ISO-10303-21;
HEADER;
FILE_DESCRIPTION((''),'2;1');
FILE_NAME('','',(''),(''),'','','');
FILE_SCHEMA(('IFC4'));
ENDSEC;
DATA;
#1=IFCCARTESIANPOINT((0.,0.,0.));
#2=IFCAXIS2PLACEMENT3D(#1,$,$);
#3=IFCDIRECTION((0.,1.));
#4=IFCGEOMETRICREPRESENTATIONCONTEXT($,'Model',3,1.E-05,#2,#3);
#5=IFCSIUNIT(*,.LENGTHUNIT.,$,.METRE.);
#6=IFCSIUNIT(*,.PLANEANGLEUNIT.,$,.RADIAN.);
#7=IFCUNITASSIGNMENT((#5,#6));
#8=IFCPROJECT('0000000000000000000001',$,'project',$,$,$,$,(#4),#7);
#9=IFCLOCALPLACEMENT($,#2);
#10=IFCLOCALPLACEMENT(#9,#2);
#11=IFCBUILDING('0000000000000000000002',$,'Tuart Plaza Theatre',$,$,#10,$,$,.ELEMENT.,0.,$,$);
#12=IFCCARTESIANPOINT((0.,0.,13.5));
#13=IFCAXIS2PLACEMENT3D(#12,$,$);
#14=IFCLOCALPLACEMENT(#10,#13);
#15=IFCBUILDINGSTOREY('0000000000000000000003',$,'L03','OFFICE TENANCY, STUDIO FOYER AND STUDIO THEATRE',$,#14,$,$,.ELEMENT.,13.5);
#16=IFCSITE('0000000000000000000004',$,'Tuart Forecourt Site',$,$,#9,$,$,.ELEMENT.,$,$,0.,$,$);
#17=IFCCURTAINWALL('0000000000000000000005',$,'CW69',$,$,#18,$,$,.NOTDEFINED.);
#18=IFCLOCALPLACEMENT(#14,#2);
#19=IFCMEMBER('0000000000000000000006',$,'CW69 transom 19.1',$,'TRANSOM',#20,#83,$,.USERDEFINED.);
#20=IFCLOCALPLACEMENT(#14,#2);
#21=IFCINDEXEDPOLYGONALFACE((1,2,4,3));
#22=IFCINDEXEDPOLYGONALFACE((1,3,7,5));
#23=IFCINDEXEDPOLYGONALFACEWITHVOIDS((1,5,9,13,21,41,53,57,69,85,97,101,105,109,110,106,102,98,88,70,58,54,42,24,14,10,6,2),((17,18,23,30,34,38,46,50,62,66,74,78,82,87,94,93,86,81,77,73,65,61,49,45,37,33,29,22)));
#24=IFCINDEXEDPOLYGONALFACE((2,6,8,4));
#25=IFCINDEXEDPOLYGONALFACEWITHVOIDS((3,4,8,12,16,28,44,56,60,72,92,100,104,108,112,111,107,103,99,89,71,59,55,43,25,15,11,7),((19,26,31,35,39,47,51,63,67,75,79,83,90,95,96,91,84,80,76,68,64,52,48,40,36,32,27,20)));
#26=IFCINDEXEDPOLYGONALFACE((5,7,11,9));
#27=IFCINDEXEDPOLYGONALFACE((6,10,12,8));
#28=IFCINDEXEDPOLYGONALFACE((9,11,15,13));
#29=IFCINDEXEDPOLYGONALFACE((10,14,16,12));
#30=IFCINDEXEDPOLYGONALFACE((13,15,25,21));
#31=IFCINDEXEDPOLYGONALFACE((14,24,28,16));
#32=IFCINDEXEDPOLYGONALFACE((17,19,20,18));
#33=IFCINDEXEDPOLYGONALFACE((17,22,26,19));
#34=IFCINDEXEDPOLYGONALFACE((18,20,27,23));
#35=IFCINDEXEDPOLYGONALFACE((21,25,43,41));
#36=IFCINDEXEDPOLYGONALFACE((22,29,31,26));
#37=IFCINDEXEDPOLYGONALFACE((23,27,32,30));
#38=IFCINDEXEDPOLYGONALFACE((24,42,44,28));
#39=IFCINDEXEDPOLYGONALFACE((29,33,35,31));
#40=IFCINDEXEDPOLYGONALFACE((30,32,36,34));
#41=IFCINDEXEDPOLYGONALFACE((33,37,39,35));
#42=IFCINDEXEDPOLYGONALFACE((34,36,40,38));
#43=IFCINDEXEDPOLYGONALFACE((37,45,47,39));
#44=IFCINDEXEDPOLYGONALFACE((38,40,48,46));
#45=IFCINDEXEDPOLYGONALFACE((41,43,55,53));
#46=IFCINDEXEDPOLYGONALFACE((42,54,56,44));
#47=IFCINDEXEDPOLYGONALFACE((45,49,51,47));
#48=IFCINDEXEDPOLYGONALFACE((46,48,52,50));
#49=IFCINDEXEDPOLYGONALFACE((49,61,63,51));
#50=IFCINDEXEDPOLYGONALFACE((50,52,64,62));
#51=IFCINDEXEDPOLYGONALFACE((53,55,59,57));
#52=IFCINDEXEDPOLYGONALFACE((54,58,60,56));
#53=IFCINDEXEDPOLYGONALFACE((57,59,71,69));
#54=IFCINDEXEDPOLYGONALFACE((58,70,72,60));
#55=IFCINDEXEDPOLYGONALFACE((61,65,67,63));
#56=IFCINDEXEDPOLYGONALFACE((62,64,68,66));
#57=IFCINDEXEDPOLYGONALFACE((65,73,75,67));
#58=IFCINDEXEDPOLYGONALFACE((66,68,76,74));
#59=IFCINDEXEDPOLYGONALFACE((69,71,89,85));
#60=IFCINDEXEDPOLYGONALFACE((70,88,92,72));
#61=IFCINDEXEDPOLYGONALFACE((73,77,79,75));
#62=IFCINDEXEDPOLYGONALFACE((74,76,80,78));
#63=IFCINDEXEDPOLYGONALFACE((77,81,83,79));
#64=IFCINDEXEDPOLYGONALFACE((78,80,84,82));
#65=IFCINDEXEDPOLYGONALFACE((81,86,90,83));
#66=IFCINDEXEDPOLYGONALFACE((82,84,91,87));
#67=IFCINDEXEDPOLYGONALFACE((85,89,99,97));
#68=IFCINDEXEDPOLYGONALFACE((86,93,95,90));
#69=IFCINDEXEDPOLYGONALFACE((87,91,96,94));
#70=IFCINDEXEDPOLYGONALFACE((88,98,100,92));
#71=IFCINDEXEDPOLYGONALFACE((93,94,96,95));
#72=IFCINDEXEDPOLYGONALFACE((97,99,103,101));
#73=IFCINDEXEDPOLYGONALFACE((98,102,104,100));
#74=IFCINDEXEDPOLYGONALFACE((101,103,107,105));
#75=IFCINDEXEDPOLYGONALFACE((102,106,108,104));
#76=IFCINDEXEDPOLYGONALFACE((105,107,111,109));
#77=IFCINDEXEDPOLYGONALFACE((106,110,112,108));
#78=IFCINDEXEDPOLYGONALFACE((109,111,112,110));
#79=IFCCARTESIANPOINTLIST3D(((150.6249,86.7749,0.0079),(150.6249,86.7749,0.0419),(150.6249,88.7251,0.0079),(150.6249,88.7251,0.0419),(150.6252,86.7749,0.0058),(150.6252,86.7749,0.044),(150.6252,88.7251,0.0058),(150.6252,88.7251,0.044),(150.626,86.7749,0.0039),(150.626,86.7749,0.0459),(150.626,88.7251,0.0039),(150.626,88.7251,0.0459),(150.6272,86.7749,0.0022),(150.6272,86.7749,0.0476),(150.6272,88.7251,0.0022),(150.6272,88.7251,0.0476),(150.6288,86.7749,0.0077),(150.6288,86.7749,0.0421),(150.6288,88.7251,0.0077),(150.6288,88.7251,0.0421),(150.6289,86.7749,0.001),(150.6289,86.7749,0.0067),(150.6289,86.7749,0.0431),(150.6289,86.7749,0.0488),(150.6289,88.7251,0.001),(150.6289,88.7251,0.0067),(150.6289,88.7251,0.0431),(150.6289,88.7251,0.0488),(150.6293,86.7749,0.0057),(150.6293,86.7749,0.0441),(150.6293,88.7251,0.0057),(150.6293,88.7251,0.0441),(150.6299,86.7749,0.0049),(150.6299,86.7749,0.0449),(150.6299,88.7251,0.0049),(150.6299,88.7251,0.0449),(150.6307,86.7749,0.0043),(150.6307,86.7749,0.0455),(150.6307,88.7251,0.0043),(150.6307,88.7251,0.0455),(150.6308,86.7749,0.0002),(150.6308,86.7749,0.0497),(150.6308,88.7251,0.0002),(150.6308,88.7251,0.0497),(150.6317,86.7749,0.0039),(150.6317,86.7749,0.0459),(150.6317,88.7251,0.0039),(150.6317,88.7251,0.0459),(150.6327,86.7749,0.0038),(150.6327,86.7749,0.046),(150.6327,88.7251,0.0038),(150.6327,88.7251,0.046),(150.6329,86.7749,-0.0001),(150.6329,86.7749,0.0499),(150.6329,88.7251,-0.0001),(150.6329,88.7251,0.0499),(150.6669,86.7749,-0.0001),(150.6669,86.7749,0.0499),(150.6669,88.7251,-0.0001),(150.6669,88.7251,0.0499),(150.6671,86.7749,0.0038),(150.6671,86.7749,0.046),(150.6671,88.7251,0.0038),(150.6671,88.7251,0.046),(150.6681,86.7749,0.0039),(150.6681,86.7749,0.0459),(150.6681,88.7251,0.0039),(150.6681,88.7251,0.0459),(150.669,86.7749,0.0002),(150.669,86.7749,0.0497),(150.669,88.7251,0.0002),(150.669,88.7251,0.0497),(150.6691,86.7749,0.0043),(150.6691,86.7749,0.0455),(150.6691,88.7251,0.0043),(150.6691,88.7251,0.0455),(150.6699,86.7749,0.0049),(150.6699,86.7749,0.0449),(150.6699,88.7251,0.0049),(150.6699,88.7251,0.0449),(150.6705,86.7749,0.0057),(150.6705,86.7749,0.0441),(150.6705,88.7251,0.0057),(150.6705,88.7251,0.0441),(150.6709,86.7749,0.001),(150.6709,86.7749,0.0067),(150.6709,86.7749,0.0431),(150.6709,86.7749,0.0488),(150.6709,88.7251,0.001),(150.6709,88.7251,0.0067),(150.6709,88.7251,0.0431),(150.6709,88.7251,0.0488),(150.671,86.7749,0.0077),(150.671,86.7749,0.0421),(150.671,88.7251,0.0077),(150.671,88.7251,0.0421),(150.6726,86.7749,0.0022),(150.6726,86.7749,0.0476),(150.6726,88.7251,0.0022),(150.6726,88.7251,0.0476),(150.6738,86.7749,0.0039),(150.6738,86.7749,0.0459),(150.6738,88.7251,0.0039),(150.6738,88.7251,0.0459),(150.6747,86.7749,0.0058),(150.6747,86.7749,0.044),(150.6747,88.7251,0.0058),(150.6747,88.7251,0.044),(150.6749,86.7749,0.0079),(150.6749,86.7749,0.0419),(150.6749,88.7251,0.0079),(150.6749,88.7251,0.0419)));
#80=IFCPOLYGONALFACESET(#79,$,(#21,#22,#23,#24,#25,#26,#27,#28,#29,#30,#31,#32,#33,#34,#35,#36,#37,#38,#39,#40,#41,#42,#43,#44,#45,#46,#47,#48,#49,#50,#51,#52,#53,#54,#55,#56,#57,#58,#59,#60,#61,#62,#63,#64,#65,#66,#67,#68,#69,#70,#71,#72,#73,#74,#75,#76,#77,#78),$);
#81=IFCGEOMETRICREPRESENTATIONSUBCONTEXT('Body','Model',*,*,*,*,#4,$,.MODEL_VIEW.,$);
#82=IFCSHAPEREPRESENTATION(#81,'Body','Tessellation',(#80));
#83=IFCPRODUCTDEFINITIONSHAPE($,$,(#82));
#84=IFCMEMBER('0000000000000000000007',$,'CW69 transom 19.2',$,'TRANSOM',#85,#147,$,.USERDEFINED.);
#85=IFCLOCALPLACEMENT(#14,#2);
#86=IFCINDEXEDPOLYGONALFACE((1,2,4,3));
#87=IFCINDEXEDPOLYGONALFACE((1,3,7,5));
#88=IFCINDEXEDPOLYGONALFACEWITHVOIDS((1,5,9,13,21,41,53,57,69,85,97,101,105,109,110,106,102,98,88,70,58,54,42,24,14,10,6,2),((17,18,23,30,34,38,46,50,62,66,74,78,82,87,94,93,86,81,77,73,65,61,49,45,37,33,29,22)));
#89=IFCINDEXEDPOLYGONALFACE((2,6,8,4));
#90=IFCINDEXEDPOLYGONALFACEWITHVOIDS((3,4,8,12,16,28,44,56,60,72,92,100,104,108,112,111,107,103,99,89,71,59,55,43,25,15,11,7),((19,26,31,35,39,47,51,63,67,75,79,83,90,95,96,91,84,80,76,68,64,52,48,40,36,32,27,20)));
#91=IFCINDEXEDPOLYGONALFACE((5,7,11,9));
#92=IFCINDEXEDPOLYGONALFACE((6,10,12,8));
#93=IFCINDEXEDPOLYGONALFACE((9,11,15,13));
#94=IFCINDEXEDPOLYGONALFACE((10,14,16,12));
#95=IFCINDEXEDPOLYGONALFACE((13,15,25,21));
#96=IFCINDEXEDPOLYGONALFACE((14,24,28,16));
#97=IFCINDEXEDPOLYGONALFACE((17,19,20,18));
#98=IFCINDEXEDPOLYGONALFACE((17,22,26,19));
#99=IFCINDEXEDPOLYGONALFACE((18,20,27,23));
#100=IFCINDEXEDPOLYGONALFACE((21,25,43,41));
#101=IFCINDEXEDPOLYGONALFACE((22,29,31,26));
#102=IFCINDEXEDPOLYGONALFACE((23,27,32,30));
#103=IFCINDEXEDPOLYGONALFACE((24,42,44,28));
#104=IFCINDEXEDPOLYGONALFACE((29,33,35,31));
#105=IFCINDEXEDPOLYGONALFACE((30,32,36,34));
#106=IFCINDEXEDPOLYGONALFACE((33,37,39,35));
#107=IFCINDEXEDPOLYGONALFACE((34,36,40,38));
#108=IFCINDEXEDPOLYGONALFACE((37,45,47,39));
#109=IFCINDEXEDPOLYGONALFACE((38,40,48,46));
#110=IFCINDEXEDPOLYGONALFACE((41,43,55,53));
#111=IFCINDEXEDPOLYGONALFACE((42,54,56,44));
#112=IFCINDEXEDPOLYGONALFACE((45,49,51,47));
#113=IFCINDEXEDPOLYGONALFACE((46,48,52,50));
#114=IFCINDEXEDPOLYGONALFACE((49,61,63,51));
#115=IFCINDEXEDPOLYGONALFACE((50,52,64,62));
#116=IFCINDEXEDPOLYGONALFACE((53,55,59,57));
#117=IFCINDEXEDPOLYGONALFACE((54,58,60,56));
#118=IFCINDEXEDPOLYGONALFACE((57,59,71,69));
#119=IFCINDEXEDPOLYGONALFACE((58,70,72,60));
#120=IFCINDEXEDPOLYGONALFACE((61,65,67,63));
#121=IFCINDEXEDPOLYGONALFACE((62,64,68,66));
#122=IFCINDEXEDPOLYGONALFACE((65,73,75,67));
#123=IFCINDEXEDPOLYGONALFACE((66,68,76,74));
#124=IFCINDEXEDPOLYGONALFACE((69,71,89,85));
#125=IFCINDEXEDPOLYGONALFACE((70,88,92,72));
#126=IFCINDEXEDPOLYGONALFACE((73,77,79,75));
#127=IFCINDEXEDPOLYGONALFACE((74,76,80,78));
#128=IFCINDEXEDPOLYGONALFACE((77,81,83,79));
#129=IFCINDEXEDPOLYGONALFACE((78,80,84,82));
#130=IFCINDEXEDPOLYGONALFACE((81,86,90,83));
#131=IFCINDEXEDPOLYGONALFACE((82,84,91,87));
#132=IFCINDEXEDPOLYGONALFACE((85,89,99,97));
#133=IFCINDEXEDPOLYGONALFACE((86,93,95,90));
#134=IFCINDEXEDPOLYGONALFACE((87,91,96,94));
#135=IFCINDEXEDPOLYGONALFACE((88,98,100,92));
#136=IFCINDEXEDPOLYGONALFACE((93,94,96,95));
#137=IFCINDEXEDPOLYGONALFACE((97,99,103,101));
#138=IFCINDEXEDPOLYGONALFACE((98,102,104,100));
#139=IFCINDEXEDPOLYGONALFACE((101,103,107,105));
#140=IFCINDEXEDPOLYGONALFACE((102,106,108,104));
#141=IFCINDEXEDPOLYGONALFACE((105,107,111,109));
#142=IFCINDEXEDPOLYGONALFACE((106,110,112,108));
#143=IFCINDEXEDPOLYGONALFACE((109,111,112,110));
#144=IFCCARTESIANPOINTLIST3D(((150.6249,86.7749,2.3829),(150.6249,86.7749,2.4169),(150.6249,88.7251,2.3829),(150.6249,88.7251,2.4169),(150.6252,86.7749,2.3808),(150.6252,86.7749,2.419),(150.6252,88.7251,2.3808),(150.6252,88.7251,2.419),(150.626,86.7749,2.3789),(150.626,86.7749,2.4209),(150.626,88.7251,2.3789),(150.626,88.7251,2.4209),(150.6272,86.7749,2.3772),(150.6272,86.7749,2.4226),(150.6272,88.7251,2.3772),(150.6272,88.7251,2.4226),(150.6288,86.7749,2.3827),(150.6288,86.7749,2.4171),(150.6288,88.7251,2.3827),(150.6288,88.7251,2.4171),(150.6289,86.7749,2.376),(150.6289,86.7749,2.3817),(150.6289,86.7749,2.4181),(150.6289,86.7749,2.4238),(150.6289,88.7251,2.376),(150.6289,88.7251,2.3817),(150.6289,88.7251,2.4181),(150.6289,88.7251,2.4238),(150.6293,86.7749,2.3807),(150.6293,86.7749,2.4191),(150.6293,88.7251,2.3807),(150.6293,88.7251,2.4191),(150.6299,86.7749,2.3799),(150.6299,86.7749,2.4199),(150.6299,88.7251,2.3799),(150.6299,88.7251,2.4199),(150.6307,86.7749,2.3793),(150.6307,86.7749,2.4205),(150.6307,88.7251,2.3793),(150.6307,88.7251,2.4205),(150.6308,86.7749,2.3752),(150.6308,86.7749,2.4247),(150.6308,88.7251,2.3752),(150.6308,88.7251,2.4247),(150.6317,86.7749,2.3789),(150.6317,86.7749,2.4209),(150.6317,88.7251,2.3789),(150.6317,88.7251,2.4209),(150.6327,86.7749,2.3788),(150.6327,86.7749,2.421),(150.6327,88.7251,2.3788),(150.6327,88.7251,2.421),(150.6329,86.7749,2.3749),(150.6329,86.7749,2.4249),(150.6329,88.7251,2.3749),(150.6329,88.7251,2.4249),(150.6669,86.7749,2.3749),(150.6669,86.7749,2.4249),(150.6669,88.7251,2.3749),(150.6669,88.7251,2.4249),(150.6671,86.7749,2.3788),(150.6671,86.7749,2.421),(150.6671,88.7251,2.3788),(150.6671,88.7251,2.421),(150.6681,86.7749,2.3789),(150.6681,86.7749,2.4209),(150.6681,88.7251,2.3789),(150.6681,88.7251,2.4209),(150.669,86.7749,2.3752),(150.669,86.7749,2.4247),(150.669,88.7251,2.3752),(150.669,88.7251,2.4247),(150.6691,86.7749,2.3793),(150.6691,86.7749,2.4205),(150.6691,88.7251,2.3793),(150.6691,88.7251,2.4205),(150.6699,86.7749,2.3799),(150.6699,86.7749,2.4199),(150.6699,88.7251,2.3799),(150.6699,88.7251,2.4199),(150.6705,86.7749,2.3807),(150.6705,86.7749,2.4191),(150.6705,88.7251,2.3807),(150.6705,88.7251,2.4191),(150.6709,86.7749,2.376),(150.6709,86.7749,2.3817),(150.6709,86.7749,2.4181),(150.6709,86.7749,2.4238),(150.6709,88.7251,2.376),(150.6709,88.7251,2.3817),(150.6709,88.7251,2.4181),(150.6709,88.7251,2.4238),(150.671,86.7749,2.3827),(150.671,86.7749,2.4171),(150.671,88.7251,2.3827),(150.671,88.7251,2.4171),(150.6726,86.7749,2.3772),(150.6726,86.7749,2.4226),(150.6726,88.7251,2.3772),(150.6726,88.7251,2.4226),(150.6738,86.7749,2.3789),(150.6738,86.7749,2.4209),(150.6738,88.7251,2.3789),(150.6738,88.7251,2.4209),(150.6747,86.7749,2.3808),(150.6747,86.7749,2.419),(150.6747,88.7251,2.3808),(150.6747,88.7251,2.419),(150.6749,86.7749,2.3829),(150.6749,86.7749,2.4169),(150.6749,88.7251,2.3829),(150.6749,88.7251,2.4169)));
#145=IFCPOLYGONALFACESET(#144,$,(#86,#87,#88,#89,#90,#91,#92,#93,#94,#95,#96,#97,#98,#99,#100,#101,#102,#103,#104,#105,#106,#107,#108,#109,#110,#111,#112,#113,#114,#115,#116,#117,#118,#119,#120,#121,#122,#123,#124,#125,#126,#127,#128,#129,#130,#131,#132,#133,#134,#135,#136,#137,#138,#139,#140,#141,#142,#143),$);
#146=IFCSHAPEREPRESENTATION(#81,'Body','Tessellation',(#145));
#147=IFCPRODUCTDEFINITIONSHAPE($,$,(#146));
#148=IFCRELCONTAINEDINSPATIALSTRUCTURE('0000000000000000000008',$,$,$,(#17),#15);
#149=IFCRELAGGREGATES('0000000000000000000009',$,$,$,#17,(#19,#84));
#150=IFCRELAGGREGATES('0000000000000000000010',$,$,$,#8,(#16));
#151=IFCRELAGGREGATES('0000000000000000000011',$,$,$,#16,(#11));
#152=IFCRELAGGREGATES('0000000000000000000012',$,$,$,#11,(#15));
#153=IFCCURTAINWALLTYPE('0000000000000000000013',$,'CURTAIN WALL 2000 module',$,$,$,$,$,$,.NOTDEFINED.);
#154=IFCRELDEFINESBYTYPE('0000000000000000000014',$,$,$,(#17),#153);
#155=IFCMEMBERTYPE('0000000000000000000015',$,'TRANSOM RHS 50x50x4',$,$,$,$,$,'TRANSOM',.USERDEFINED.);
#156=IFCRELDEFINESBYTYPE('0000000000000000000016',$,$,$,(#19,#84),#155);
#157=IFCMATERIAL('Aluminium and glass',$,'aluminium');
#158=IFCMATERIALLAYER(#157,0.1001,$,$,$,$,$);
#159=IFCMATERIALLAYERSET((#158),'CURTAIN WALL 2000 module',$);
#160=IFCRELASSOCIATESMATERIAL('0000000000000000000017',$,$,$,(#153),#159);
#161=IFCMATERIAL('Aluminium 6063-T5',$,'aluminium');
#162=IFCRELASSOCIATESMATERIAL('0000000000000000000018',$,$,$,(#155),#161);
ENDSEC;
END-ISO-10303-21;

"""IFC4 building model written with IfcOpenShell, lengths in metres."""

from ifc_helpers import new_model, si_unit, direction, frame, origin, origin_2d, place, context, subcontext, project, spatial, hollow_rectangle, extrude, material, layer, layer_set, material_profile, profile_set, type_object, element, aggregate, save


model = new_model("IFC4")

# Units and contexts
model_context = context("Model", 3, precision=1e-05, world=origin(), true_north=direction((0.0, 1.0)))
body_context = subcontext(model_context, "Body", "Model", "MODEL_VIEW")
ifc_project = project(units=[si_unit("LENGTHUNIT", "METRE"), si_unit("PLANEANGLEUNIT", "RADIAN")], contexts=[model_context])

# Site, building, storey
site_placement = place(None, origin())
site = spatial("IfcSite", under=ifc_project, at=site_placement, Name="Tuart Forecourt Site", CompositionType="ELEMENT", RefElevation=0.0)
building_placement = place(site_placement, origin())
building = spatial("IfcBuilding", under=site, at=building_placement, Name="Tuart Plaza Theatre", CompositionType="ELEMENT", ElevationOfRefHeight=0.0)
storey_placement = place(building_placement, frame((0.0, 0.0, 13.5)))
storey = spatial("IfcBuildingStorey", under=building, at=storey_placement, Name="L03", Description="OFFICE TENANCY, STUDIO FOYER AND STUDIO THEATRE", CompositionType="ELEMENT", Elevation=13.5)

# Curtain wall, members
ifc_material_1 = material(Name="Aluminium and glass", Category="aluminium")
ifc_layer_1 = layer(ifc_material_1, 0.1001)
ifc_layer_set_1 = layer_set([ifc_layer_1], Name="CURTAIN WALL 2000 module")
curtain_wall_type = type_object("IfcCurtainWallType", Name="CURTAIN WALL 2000 module", PredefinedType="NOTDEFINED", material=ifc_layer_set_1)
curtain_wall_placement = place(storey_placement, origin())
curtain_wall = element("IfcCurtainWall", 1, at=curtain_wall_placement, inside=storey, type_object=curtain_wall_type, Name="CW69", PredefinedType="NOTDEFINED")
ifc_material_2 = material(Name="Aluminium 6063-T5", Category="aluminium")
ifc_material_profile_1 = material_profile(ifc_material_2, hollow_rectangle(XDim=0.05, YDim=0.05, WallThickness=0.0039, InnerFilletRadius=0.0039, OuterFilletRadius=0.0081, at=origin_2d()), Name="RHS 50x50x4")
ifc_profile_set_1 = profile_set([ifc_material_profile_1], Name="Aluminium 6063-T5")
member_type_1 = type_object("IfcMemberType", Name="TRANSOM RHS 50x50x4", ElementType="TRANSOM", PredefinedType="USERDEFINED", material=ifc_profile_set_1)
member_1_placement = place(storey_placement, frame((150.6499, 86.7749, 0.0249), z_axis=(0.0, 1.0, 0.0), x_axis=(-1.0, 0.0, 0.0)))
member_1 = element("IfcMember", 2, at=member_1_placement, type_object=member_type_1, Name="CW69 transom 19.1", ObjectType="TRANSOM", PredefinedType="USERDEFINED", context=body_context, shape_type="SweptSolid", body=[
    extrude(hollow_rectangle(XDim=0.05, YDim=0.05, WallThickness=0.0039, InnerFilletRadius=0.0039, OuterFilletRadius=0.0081, at=origin_2d()), origin(), (0.0, 0.0, 1.0), 1.9502),
])
member_2_placement = place(storey_placement, frame((150.6499, 86.7749, 2.3999), z_axis=(0.0, 1.0, 0.0), x_axis=(-1.0, 0.0, 0.0)))
member_2 = element("IfcMember", 3, at=member_2_placement, type_object=member_type_1, Name="CW69 transom 19.2", ObjectType="TRANSOM", PredefinedType="USERDEFINED", context=body_context, shape_type="SweptSolid", body=[
    extrude(hollow_rectangle(XDim=0.05, YDim=0.05, WallThickness=0.0039, InnerFilletRadius=0.0039, OuterFilletRadius=0.0081, at=origin_2d()), origin(), (0.0, 0.0, 1.0), 1.9502),
])
aggregate(curtain_wall, [member_1, member_2])

save(model, "model.ifc")
